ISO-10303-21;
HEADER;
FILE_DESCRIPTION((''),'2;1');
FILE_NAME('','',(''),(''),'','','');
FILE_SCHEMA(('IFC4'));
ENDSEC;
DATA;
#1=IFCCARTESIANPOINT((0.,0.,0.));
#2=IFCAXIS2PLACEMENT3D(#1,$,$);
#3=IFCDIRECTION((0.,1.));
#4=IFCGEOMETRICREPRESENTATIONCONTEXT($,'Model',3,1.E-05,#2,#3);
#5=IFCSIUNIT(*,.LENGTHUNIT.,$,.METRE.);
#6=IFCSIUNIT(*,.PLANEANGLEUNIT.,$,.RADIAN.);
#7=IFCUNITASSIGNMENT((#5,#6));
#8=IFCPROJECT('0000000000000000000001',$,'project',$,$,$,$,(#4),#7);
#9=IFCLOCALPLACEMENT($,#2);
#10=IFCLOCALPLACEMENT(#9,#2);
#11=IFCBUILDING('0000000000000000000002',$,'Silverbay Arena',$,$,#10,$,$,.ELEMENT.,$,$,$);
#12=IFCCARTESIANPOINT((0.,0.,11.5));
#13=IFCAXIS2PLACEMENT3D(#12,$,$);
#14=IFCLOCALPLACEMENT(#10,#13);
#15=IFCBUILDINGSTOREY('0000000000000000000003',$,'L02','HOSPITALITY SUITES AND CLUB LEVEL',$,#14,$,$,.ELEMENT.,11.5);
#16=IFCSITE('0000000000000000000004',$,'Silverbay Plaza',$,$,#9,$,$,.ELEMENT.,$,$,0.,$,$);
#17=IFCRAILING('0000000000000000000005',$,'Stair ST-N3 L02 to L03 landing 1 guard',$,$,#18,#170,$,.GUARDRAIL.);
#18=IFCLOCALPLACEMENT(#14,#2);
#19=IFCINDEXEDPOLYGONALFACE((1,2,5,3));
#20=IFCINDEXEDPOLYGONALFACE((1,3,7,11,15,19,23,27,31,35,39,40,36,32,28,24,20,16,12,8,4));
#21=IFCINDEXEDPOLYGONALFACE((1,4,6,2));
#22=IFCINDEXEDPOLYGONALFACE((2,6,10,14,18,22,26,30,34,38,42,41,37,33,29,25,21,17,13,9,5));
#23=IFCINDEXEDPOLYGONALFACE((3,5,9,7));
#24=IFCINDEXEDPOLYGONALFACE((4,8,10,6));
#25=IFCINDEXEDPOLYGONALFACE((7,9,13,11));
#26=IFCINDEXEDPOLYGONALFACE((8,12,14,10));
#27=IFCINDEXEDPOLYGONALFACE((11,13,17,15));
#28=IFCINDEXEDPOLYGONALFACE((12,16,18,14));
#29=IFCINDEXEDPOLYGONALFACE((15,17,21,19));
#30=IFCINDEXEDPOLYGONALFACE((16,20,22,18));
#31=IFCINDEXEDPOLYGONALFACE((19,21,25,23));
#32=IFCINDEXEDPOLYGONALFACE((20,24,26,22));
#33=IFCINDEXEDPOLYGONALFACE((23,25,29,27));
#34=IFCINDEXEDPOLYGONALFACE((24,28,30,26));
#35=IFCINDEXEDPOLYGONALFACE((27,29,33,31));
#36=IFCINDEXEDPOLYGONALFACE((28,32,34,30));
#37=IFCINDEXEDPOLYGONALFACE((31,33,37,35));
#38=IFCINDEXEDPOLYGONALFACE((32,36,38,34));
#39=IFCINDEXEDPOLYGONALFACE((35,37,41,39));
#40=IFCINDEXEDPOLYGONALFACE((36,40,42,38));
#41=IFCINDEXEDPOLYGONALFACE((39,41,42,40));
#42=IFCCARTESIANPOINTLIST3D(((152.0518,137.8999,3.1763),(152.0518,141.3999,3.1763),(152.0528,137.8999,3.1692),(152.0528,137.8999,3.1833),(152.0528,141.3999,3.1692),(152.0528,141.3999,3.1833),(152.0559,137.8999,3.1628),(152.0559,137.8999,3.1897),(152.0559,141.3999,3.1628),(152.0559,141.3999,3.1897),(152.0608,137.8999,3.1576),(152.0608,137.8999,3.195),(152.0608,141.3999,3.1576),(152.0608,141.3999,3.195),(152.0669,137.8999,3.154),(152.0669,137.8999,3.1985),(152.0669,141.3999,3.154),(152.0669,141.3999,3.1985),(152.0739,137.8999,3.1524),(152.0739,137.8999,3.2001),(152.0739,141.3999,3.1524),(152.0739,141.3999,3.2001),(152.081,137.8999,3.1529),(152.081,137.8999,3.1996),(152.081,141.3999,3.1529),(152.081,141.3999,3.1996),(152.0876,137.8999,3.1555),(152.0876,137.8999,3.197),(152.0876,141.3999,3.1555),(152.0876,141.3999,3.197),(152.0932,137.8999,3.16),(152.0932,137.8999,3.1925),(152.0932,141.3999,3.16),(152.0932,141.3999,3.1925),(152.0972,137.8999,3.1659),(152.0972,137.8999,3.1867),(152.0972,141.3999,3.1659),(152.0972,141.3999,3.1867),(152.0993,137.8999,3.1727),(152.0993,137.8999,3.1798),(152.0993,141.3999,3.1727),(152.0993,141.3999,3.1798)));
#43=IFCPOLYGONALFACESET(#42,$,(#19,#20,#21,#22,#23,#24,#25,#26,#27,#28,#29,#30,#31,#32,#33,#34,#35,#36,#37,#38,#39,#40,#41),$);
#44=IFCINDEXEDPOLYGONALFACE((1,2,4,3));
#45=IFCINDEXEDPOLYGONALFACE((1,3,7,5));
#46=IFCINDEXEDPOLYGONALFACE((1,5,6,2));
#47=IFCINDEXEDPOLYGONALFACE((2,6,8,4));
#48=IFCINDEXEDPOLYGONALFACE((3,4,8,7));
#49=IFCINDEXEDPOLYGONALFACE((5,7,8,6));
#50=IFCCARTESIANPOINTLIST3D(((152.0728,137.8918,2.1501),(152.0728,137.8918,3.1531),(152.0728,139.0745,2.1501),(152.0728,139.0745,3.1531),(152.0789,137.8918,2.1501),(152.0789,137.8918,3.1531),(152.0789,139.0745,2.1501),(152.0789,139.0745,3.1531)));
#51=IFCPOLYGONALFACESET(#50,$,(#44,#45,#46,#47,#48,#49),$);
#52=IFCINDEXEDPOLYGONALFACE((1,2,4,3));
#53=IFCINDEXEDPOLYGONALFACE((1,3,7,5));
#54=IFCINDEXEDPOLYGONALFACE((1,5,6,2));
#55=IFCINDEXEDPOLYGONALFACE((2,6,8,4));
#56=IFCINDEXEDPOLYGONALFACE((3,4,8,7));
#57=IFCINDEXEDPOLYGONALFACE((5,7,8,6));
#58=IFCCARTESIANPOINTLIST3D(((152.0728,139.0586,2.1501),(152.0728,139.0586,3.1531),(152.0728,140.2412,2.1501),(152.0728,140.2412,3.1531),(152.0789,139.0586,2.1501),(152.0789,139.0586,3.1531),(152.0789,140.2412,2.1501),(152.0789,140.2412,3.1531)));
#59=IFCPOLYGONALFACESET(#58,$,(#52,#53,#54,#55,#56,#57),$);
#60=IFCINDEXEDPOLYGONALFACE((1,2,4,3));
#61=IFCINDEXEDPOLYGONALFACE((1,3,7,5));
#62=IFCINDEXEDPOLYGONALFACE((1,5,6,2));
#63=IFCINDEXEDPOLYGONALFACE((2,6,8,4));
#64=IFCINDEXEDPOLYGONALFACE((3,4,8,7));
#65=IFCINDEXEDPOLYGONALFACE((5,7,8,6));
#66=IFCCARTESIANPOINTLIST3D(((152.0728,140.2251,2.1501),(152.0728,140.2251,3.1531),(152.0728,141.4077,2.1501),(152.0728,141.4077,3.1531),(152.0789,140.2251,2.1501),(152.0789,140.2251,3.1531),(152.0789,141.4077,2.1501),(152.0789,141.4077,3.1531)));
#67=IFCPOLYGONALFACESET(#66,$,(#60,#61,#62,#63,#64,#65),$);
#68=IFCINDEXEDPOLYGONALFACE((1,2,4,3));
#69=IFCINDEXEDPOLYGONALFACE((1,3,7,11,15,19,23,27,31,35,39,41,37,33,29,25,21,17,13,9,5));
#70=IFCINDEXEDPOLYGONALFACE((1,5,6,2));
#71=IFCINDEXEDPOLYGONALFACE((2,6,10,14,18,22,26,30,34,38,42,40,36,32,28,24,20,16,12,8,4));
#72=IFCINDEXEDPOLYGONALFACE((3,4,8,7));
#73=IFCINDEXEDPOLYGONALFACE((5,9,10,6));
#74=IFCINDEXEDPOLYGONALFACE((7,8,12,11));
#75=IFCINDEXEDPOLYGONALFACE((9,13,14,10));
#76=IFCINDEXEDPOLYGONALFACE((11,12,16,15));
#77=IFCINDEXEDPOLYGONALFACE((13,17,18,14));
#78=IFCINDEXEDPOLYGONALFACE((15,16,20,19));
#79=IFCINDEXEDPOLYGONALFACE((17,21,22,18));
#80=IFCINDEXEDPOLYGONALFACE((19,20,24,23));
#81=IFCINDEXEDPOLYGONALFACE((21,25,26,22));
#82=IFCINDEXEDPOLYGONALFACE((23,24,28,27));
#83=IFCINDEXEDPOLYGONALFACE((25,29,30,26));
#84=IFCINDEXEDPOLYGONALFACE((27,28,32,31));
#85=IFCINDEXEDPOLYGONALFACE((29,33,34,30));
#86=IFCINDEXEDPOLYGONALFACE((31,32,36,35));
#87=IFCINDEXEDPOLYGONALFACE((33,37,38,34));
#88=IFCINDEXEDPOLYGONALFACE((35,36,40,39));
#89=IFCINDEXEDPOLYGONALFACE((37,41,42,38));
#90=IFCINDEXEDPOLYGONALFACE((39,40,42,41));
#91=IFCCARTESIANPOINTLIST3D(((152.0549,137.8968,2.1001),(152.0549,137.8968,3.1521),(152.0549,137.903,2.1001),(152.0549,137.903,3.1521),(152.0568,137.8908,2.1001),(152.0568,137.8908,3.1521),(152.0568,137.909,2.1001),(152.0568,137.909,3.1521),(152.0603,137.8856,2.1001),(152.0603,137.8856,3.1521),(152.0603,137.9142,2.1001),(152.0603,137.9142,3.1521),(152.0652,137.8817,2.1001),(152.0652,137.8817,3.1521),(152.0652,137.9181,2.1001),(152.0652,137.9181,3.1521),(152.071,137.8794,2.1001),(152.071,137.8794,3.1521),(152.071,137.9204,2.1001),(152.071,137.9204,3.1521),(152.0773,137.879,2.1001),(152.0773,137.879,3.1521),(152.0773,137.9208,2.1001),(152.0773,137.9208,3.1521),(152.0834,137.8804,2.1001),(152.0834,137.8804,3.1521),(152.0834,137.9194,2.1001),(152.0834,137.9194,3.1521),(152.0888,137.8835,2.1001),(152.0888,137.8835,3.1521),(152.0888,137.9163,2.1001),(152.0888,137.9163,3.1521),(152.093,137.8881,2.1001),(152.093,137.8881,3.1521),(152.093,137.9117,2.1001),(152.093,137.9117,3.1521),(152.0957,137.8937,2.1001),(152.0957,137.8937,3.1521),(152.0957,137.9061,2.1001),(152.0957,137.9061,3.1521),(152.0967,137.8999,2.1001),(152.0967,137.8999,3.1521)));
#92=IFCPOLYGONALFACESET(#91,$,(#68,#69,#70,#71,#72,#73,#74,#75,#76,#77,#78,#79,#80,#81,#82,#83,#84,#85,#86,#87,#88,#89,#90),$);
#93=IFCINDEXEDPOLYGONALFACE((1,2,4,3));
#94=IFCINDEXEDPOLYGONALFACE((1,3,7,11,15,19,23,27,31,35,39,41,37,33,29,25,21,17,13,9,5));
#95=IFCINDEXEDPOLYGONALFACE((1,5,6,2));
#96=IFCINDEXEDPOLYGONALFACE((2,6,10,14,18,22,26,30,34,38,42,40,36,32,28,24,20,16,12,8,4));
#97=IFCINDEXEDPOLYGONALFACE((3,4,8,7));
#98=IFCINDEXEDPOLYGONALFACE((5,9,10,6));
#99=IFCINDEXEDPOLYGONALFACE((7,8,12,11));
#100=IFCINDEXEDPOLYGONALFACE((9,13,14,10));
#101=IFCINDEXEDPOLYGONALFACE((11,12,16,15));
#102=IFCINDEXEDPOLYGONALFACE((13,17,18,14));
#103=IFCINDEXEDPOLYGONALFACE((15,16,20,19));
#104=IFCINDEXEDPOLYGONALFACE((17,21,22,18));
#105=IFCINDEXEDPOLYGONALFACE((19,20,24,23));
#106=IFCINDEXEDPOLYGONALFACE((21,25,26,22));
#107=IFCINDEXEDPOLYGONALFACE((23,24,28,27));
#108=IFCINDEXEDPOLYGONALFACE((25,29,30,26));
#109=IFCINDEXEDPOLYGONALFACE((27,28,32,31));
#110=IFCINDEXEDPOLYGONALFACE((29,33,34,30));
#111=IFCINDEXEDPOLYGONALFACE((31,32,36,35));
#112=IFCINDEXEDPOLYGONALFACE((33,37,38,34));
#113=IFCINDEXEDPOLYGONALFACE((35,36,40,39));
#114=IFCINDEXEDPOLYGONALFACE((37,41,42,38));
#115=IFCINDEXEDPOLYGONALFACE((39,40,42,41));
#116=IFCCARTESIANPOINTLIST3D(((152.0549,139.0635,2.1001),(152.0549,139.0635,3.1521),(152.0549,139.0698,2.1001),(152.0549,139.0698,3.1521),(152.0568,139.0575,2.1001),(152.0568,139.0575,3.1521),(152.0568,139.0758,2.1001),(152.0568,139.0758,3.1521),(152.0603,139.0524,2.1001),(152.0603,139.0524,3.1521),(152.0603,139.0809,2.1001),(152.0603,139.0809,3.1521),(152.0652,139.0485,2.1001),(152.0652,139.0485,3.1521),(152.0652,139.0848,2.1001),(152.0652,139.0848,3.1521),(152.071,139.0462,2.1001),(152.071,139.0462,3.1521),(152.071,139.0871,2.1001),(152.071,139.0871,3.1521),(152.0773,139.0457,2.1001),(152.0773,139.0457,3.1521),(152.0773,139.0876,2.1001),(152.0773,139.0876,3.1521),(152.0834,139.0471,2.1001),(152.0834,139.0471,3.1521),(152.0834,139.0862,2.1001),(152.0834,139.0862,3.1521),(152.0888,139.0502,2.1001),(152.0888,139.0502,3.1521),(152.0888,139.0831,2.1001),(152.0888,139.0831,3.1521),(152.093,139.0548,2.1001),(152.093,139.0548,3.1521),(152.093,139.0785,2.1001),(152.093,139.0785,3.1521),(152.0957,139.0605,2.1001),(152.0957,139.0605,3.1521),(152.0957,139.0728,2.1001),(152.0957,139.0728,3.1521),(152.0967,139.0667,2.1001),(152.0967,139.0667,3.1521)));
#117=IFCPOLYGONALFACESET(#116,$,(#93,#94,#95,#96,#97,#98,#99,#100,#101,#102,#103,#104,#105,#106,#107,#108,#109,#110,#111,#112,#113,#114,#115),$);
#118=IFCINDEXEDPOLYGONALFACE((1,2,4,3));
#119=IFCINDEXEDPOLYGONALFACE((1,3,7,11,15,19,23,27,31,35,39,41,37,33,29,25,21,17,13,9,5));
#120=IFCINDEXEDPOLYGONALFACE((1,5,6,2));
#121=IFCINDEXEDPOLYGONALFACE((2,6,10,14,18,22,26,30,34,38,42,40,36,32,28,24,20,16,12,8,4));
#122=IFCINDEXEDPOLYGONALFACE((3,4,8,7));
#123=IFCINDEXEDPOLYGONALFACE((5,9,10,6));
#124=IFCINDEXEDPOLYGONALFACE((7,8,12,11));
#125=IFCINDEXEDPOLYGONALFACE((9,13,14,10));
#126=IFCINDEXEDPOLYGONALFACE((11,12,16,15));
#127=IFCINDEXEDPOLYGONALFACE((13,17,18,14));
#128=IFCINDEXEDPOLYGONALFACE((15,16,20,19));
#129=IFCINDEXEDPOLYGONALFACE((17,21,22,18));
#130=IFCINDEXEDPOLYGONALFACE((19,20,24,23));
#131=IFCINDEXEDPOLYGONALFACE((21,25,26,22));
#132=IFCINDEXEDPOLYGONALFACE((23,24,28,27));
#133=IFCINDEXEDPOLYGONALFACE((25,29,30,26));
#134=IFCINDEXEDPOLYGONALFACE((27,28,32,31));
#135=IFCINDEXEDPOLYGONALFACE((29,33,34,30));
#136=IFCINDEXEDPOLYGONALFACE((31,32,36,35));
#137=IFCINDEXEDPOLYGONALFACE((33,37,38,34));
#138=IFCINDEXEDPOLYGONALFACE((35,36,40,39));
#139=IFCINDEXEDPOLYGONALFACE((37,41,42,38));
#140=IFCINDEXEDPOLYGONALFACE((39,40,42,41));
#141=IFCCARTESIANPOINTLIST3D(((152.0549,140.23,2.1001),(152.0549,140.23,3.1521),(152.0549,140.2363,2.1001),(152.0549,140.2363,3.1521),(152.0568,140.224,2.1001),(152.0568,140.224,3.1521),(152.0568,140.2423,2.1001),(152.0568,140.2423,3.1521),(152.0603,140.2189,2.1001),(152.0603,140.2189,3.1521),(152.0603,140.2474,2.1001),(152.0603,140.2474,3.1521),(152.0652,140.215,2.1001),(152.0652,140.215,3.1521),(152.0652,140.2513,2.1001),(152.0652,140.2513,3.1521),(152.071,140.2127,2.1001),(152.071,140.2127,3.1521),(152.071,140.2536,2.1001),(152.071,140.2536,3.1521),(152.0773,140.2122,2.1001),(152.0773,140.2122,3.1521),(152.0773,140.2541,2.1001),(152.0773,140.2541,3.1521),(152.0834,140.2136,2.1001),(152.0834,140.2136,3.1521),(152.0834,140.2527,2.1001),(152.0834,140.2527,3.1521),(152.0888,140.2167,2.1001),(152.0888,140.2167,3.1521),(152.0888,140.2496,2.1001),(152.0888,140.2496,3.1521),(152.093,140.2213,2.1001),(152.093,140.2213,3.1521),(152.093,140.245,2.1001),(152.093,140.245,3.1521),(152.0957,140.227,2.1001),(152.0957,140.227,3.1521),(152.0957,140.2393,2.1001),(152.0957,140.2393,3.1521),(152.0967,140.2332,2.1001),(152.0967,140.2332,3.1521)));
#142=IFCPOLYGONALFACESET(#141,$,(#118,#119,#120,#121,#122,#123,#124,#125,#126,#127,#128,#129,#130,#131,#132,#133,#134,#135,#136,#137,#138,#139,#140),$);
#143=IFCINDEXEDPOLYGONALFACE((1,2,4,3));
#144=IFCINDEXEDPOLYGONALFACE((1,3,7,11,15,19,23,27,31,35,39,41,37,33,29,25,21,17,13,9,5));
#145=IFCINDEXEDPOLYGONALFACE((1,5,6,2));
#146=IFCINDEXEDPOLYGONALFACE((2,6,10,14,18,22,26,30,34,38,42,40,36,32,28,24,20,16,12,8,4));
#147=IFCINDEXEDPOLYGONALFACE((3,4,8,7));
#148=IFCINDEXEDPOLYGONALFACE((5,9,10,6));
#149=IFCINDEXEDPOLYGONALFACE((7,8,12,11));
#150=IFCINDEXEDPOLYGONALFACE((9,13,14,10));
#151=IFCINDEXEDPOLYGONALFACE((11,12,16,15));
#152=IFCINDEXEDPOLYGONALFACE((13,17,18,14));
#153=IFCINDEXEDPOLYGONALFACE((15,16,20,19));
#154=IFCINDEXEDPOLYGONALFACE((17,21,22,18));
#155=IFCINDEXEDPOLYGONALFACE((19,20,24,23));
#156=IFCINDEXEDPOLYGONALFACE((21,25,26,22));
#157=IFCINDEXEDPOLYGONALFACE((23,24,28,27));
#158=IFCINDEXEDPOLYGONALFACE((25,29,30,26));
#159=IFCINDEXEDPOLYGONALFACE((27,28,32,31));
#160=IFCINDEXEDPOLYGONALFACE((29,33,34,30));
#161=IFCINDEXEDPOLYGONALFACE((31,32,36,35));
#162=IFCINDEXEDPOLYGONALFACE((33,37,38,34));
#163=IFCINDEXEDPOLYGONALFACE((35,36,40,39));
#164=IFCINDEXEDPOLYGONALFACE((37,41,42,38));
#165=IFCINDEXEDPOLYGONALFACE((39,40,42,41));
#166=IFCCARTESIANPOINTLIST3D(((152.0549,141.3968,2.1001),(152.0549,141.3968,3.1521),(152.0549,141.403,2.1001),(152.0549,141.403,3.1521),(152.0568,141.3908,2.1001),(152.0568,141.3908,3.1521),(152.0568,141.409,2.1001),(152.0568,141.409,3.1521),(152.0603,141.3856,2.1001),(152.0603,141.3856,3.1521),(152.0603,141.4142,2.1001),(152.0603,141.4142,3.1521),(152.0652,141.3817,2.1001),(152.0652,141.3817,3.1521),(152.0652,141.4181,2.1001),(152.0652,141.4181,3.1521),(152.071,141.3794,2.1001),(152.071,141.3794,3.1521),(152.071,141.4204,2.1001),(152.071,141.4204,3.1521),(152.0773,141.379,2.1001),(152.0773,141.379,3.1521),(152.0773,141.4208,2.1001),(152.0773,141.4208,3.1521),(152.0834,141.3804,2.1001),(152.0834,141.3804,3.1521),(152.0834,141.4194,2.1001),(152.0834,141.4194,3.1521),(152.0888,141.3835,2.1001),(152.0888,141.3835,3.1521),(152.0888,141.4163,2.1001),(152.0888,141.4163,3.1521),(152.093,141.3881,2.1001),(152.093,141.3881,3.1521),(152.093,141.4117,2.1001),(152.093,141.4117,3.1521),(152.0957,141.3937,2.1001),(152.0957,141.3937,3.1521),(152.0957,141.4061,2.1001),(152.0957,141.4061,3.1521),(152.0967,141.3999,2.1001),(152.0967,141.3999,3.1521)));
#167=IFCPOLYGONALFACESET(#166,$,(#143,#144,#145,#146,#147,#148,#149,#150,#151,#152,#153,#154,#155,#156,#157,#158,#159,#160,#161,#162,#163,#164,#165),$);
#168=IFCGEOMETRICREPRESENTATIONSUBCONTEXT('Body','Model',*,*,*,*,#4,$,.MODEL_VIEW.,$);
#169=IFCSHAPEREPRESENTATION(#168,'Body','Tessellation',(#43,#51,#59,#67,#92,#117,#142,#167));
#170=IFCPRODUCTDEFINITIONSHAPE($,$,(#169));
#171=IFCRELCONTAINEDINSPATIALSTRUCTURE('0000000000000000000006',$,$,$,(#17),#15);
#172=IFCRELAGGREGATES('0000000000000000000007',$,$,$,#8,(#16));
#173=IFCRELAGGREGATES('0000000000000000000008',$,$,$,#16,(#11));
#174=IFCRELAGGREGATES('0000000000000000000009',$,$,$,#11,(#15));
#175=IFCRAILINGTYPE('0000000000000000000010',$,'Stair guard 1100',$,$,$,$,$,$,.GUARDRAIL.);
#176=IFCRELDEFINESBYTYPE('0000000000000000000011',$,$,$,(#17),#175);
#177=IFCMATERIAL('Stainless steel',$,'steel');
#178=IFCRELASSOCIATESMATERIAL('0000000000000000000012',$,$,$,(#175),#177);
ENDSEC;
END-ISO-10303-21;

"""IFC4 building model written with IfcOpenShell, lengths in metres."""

from ifc_helpers import new_model, si_unit, direction, frame, origin, origin_2d, place, context, subcontext, project, spatial, polyline, circle, outline, extrude, material, type_object, element, save


model = new_model("IFC4")

# Units and contexts
model_context = context("Model", 3, precision=1e-05, world=origin(), true_north=direction((0.0, 1.0)))
body_context = subcontext(model_context, "Body", "Model", "MODEL_VIEW")
ifc_project = project(units=[si_unit("LENGTHUNIT", "METRE"), si_unit("PLANEANGLEUNIT", "RADIAN")], contexts=[model_context])

# Site, building, storey
site_placement = place(None, origin())
site = spatial("IfcSite", under=ifc_project, at=site_placement, Name="Silverbay Plaza", CompositionType="ELEMENT", RefElevation=0.0)
building_placement = place(site_placement, origin())
building = spatial("IfcBuilding", under=site, at=building_placement, Name="Silverbay Arena", CompositionType="ELEMENT")
storey_placement = place(building_placement, frame((0.0, 0.0, 11.5)))
storey = spatial("IfcBuildingStorey", under=building, at=storey_placement, Name="L02", Description="HOSPITALITY SUITES AND CLUB LEVEL", CompositionType="ELEMENT", Elevation=11.5)

# Railing
ifc_material_1 = material(Name="Stainless steel", Category="steel")
railing_type_1 = type_object("IfcRailingType", Name="Stair guard 1100", PredefinedType="GUARDRAIL", material=ifc_material_1)
for number, where, name in (
    (1, (152.0757, 137.8999, 2.1001), "Stair ST-N3 L02 to L03 landing 1 guard"),
):
    element("IfcRailing", number, at=place(storey_placement, frame(where)), inside=storey, type_object=railing_type_1, Name=name, PredefinedType="GUARDRAIL", context=body_context, shape_type="SweptSolid", body=[
        extrude(circle(Radius=0.0239, at=origin_2d()), frame((0.0, 0.0, 1.0762), z_axis=(0.0, 1.0, 0.0), x_axis=(-1.0, 0.0, 0.0)), (0.0, 0.0, 1.0), 3.5),
        extrude(outline(polyline([(-0.0081, 0.05), (1.1746, 0.05), (1.1746, 1.053), (-0.0081, 1.053), (-0.0081, 0.05)])), frame((-0.0029, 0.0, 0.0), z_axis=(1.0, 0.0, 0.0), x_axis=(0.0, 1.0, 0.0)), (0.0, 0.0, 1.0), 0.0061),
        extrude(outline(polyline([(-0.0081, 0.05), (1.1746, 0.05), (1.1746, 1.053), (-0.0081, 1.053), (-0.0081, 0.05)])), frame((-0.0029, 1.1667, 0.0), z_axis=(1.0, 0.0, 0.0), x_axis=(0.0, 1.0, 0.0)), (0.0, 0.0, 1.0), 0.0061),
        extrude(outline(polyline([(-0.0081, 0.05), (1.1746, 0.05), (1.1746, 1.053), (-0.0081, 1.053), (-0.0081, 0.05)])), frame((-0.0029, 2.3333, 0.0), z_axis=(1.0, 0.0, 0.0), x_axis=(0.0, 1.0, 0.0)), (0.0, 0.0, 1.0), 0.0061),
        extrude(circle(Radius=0.021, at=origin_2d()), origin(), (0.0, 0.0, 1.0), 1.052),
        extrude(circle(Radius=0.021, at=origin_2d()), frame((0.0, 1.1667, 0.0)), (0.0, 0.0, 1.0), 1.052),
        extrude(circle(Radius=0.021, at=origin_2d()), frame((0.0, 2.3333, 0.0)), (0.0, 0.0, 1.0), 1.052),
        extrude(circle(Radius=0.021, at=origin_2d()), frame((0.0, 3.5, 0.0)), (0.0, 0.0, 1.0), 1.052),
    ])

save(model, "model.ifc")
